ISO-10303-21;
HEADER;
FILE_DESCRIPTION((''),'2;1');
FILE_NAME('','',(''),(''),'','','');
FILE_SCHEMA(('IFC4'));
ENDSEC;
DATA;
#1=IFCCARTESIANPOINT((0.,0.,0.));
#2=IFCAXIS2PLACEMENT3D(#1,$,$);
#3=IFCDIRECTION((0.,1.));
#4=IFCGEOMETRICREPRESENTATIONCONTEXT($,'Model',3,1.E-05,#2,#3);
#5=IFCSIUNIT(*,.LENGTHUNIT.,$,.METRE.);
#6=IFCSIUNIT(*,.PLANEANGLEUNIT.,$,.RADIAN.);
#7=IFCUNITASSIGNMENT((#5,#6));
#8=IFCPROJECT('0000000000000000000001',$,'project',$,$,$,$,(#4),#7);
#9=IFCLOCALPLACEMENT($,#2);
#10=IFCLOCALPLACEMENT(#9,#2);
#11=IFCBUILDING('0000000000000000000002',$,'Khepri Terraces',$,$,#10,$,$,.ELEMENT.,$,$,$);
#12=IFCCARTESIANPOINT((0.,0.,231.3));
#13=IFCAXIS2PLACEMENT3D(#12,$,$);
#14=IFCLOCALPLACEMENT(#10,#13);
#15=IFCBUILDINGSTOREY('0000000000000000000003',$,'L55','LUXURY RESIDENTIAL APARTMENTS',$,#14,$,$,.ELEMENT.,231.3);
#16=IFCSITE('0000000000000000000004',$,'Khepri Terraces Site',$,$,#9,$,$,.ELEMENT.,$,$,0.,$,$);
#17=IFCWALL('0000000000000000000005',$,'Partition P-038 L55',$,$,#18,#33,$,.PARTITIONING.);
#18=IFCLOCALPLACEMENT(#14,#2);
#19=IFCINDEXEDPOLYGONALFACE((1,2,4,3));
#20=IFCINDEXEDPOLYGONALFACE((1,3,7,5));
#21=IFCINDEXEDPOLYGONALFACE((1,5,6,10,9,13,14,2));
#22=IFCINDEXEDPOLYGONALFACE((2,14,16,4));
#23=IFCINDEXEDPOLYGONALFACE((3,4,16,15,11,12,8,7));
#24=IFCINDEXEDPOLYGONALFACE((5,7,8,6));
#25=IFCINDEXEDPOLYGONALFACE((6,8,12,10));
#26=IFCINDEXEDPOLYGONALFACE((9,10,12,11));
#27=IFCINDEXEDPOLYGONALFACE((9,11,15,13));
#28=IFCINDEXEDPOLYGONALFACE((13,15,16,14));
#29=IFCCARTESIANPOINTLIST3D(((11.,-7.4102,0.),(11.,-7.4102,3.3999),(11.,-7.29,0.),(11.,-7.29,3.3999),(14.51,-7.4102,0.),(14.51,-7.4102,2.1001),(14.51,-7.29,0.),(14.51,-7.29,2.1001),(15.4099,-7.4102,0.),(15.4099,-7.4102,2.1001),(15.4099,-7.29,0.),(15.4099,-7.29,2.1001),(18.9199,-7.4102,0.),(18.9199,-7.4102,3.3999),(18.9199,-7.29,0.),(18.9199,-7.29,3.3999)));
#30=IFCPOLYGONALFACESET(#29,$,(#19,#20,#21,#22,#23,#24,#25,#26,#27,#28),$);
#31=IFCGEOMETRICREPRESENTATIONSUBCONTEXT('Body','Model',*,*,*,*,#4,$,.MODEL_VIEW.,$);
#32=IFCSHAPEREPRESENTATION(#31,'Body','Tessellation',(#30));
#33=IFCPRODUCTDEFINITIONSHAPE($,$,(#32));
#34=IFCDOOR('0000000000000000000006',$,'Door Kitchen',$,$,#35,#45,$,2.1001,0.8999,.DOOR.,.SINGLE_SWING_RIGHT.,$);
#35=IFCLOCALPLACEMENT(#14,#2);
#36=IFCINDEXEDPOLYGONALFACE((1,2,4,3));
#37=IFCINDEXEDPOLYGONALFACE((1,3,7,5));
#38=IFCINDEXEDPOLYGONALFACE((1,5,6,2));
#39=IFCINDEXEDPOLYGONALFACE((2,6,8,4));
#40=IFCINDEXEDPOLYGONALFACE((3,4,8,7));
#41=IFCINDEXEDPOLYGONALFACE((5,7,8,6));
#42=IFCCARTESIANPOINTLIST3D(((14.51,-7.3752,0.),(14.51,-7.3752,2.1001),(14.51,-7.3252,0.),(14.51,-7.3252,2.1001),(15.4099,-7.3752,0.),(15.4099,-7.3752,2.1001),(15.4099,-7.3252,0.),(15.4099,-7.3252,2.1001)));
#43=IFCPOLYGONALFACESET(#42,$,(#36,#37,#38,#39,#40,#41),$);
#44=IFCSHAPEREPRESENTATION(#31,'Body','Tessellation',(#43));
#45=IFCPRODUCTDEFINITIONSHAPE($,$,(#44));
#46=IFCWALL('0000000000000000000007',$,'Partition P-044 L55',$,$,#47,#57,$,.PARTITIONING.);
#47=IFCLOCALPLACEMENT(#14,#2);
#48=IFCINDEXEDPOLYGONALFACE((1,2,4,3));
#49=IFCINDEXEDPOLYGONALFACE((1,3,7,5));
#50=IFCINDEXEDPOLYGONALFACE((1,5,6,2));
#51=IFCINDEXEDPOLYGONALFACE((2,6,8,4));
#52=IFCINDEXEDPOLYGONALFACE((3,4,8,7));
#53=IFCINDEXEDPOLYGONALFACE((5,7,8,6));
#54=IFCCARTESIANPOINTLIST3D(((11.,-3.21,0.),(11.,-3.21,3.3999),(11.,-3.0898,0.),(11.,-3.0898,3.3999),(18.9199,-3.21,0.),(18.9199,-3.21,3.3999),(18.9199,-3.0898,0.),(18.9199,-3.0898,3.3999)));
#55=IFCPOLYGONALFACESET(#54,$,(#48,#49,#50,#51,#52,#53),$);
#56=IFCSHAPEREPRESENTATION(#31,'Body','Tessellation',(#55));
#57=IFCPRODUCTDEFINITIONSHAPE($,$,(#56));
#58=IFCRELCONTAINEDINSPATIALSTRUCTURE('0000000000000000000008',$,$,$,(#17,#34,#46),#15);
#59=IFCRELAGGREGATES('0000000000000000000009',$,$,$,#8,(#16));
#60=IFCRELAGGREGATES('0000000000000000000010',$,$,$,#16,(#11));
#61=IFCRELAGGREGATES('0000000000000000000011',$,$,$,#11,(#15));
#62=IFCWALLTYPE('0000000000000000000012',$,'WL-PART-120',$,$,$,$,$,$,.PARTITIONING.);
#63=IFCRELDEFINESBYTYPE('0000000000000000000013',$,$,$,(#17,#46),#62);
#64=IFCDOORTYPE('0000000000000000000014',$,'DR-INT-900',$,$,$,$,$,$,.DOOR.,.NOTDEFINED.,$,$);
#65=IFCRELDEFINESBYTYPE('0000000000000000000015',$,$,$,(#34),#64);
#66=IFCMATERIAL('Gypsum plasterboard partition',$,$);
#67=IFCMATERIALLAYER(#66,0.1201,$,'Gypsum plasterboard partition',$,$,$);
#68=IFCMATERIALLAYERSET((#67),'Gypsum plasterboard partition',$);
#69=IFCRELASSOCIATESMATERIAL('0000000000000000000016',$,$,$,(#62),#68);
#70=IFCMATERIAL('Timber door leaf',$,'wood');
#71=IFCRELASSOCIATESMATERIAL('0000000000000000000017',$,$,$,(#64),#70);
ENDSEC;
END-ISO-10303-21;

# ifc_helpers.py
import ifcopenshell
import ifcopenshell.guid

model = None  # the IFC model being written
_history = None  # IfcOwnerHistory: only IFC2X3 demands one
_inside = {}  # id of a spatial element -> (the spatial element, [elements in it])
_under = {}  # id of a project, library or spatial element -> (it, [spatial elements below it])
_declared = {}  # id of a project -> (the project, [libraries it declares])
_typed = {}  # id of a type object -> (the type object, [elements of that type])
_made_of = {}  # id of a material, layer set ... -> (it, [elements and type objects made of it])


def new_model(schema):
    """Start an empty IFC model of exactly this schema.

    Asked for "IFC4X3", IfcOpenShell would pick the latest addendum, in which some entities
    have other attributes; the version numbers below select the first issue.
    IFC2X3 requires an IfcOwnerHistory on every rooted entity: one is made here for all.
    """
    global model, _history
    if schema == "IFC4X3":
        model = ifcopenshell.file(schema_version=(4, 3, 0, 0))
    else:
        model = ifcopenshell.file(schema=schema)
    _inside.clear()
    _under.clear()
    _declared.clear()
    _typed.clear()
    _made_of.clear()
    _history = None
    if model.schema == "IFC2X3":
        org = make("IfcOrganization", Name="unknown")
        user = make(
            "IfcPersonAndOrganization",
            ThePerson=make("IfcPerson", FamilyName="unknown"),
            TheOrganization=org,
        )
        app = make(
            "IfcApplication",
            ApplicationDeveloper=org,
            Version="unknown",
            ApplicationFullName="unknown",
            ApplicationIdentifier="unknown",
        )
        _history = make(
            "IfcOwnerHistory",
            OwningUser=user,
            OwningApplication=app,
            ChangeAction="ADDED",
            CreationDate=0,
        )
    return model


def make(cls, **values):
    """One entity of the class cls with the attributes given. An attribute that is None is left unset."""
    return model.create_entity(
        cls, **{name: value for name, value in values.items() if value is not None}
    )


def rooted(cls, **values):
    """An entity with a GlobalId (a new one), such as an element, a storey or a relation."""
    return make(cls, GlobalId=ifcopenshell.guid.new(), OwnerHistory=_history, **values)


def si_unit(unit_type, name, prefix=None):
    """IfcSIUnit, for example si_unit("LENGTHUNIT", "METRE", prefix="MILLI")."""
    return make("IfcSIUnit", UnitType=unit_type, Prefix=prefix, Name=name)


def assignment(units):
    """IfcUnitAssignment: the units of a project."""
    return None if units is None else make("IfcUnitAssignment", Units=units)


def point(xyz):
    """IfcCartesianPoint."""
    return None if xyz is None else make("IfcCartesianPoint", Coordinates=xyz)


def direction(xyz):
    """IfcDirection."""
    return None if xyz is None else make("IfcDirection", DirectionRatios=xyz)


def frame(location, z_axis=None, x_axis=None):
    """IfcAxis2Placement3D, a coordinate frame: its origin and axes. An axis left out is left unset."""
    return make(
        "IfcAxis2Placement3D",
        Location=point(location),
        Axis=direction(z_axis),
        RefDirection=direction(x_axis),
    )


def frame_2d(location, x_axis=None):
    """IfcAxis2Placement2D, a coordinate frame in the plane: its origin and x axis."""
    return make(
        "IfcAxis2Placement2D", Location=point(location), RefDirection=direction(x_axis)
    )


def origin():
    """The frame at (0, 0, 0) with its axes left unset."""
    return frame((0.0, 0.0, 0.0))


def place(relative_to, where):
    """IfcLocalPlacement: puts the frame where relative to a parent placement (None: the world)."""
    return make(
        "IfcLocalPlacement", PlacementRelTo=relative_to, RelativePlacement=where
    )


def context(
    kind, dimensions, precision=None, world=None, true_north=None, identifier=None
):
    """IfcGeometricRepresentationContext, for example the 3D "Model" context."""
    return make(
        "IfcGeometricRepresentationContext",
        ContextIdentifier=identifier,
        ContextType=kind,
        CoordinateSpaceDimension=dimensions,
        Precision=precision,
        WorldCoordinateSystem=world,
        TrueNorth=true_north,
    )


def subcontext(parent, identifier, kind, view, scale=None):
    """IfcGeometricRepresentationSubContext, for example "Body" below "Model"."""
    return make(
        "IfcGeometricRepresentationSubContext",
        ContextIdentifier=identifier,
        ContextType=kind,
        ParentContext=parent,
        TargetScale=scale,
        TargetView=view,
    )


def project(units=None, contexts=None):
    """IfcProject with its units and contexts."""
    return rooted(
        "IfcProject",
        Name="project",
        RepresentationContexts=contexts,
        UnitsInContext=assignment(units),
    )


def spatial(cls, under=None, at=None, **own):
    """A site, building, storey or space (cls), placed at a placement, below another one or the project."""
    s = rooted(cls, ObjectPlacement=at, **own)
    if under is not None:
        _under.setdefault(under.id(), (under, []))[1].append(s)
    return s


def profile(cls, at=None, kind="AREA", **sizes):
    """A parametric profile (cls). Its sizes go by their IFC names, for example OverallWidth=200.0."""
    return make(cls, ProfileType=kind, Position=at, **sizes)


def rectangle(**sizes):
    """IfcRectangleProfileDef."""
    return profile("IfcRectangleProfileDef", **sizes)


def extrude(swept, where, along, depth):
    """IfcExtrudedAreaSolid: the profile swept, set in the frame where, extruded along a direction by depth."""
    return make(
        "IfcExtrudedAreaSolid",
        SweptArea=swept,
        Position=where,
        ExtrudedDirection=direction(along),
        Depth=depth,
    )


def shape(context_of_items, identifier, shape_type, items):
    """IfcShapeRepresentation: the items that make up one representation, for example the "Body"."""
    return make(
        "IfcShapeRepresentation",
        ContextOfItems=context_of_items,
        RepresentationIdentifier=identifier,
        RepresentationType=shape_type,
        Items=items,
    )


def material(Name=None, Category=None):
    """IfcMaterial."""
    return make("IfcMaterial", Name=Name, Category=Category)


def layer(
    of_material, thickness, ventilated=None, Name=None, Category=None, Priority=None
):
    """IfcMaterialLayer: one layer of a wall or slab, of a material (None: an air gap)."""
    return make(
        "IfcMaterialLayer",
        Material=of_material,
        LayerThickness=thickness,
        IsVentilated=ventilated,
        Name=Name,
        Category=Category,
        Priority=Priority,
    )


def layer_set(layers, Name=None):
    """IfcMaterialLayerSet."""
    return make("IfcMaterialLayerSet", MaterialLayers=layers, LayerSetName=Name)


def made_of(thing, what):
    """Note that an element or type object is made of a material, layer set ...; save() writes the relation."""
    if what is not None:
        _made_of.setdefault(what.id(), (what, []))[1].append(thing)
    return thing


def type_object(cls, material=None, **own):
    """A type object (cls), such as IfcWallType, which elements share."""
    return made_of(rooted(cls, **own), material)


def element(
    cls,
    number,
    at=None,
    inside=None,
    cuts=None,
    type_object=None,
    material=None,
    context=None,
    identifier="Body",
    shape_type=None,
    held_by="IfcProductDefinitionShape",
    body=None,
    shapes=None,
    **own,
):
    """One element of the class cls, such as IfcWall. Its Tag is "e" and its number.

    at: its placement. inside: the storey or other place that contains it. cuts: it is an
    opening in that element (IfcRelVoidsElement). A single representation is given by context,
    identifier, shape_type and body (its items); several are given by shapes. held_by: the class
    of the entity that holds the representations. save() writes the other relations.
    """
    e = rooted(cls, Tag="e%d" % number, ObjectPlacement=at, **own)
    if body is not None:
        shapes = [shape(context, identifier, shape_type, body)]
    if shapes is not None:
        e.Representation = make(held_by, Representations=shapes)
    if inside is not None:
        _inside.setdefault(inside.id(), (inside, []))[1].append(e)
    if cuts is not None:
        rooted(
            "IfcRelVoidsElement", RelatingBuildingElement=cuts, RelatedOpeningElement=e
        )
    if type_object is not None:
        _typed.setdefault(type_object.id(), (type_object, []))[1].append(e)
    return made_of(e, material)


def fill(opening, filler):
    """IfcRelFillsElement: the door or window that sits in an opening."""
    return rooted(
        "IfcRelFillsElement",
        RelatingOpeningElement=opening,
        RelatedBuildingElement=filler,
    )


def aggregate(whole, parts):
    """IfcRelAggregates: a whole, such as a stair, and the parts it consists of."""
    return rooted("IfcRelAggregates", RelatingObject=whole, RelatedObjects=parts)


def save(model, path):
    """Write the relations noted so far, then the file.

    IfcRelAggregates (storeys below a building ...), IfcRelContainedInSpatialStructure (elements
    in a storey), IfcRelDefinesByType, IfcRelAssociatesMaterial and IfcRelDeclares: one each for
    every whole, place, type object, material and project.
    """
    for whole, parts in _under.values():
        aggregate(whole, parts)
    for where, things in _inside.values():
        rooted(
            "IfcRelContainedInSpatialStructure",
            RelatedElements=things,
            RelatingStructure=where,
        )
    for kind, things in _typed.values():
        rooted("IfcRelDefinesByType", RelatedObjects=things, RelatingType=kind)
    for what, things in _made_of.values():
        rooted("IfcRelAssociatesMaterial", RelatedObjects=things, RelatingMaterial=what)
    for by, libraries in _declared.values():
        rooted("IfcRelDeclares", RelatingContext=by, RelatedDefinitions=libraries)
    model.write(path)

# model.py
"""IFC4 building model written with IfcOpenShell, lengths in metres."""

from ifc_helpers import new_model, si_unit, direction, frame, frame_2d, origin, place, context, subcontext, project, spatial, rectangle, extrude, material, layer, layer_set, type_object, element, fill, save


model = new_model("IFC4")

# Units and contexts
model_context = context("Model", 3, precision=1e-05, world=origin(), true_north=direction((0.0, 1.0)))
body_context = subcontext(model_context, "Body", "Model", "MODEL_VIEW")
ifc_project = project(units=[si_unit("LENGTHUNIT", "METRE"), si_unit("PLANEANGLEUNIT", "RADIAN")], contexts=[model_context])

# Site, building, storey
site_placement = place(None, origin())
site = spatial("IfcSite", under=ifc_project, at=site_placement, Name="Khepri Terraces Site", CompositionType="ELEMENT", RefElevation=0.0)
building_placement = place(site_placement, origin())
building = spatial("IfcBuilding", under=site, at=building_placement, Name="Khepri Terraces", CompositionType="ELEMENT")
storey_placement = place(building_placement, frame((0.0, 0.0, 231.3)))
storey = spatial("IfcBuildingStorey", under=building, at=storey_placement, Name="L55", Description="LUXURY RESIDENTIAL APARTMENTS", CompositionType="ELEMENT", Elevation=231.3)

# Wall, opening, door
ifc_material_1 = material(Name="Gypsum plasterboard partition")
ifc_layer_1 = layer(ifc_material_1, 0.1201, Name="Gypsum plasterboard partition")
ifc_layer_set_1 = layer_set([ifc_layer_1], Name="Gypsum plasterboard partition")
wall_type_1 = type_object("IfcWallType", Name="WL-PART-120", PredefinedType="PARTITIONING", material=ifc_layer_set_1)
wall_1_placement = place(storey_placement, frame((11.0, -7.3501, 0.0), z_axis=(0.0, 0.0, 1.0), x_axis=(1.0, 0.0, 0.0)))
wall_1 = element("IfcWall", 1, at=wall_1_placement, inside=storey, type_object=wall_type_1, Name="Partition P-038 L55", PredefinedType="PARTITIONING", context=body_context, shape_type="SweptSolid", body=[
    extrude(rectangle(XDim=7.9199, YDim=0.1201, at=frame_2d((3.96, 0.0))), origin(), (0.0, 0.0, 1.0), 3.3999),
])
opening_1_placement = place(wall_1_placement, frame((3.51, 0.0, 0.0)))
opening_1 = element("IfcOpeningElement", 2, at=opening_1_placement, cuts=wall_1, PredefinedType="OPENING", context=body_context, shape_type="SweptSolid", body=[
    extrude(rectangle(XDim=0.8999, YDim=2.1001, at=frame_2d((0.45, 1.05))), frame((0.0, 0.0701, 0.0), z_axis=(0.0, -1.0, 0.0), x_axis=(1.0, 0.0, 0.0)), (0.0, 0.0, 1.0), 0.1401),
])
ifc_material_2 = material(Name="Timber door leaf", Category="wood")
door_type_1 = type_object("IfcDoorType", Name="DR-INT-900", OperationType="NOTDEFINED", PredefinedType="DOOR", material=ifc_material_2)
door_1_placement = place(opening_1_placement, origin())
door_1 = element("IfcDoor", 3, at=door_1_placement, inside=storey, type_object=door_type_1, Name="Door Kitchen", OperationType="SINGLE_SWING_RIGHT", OverallHeight=2.1001, OverallWidth=0.8999, PredefinedType="DOOR", context=body_context, shape_type="SweptSolid", body=[
    extrude(rectangle(XDim=0.8999, YDim=2.1001, at=frame_2d((0.45, 1.05))), frame((0.0, 0.0249, 0.0), z_axis=(0.0, -1.0, 0.0), x_axis=(1.0, 0.0, 0.0)), (0.0, 0.0, 1.0), 0.05),
])
fill(opening_1, door_1)

# Wall
wall_2_placement = place(storey_placement, frame((11.0, -3.1499, 0.0), z_axis=(0.0, 0.0, 1.0), x_axis=(1.0, 0.0, 0.0)))
element("IfcWall", 4, at=wall_2_placement, inside=storey, type_object=wall_type_1, Name="Partition P-044 L55", PredefinedType="PARTITIONING", context=body_context, shape_type="SweptSolid", body=[
    extrude(rectangle(XDim=7.9199, YDim=0.1201, at=frame_2d((3.96, 0.0))), origin(), (0.0, 0.0, 1.0), 3.3999),
])

save(model, "model.ifc")
